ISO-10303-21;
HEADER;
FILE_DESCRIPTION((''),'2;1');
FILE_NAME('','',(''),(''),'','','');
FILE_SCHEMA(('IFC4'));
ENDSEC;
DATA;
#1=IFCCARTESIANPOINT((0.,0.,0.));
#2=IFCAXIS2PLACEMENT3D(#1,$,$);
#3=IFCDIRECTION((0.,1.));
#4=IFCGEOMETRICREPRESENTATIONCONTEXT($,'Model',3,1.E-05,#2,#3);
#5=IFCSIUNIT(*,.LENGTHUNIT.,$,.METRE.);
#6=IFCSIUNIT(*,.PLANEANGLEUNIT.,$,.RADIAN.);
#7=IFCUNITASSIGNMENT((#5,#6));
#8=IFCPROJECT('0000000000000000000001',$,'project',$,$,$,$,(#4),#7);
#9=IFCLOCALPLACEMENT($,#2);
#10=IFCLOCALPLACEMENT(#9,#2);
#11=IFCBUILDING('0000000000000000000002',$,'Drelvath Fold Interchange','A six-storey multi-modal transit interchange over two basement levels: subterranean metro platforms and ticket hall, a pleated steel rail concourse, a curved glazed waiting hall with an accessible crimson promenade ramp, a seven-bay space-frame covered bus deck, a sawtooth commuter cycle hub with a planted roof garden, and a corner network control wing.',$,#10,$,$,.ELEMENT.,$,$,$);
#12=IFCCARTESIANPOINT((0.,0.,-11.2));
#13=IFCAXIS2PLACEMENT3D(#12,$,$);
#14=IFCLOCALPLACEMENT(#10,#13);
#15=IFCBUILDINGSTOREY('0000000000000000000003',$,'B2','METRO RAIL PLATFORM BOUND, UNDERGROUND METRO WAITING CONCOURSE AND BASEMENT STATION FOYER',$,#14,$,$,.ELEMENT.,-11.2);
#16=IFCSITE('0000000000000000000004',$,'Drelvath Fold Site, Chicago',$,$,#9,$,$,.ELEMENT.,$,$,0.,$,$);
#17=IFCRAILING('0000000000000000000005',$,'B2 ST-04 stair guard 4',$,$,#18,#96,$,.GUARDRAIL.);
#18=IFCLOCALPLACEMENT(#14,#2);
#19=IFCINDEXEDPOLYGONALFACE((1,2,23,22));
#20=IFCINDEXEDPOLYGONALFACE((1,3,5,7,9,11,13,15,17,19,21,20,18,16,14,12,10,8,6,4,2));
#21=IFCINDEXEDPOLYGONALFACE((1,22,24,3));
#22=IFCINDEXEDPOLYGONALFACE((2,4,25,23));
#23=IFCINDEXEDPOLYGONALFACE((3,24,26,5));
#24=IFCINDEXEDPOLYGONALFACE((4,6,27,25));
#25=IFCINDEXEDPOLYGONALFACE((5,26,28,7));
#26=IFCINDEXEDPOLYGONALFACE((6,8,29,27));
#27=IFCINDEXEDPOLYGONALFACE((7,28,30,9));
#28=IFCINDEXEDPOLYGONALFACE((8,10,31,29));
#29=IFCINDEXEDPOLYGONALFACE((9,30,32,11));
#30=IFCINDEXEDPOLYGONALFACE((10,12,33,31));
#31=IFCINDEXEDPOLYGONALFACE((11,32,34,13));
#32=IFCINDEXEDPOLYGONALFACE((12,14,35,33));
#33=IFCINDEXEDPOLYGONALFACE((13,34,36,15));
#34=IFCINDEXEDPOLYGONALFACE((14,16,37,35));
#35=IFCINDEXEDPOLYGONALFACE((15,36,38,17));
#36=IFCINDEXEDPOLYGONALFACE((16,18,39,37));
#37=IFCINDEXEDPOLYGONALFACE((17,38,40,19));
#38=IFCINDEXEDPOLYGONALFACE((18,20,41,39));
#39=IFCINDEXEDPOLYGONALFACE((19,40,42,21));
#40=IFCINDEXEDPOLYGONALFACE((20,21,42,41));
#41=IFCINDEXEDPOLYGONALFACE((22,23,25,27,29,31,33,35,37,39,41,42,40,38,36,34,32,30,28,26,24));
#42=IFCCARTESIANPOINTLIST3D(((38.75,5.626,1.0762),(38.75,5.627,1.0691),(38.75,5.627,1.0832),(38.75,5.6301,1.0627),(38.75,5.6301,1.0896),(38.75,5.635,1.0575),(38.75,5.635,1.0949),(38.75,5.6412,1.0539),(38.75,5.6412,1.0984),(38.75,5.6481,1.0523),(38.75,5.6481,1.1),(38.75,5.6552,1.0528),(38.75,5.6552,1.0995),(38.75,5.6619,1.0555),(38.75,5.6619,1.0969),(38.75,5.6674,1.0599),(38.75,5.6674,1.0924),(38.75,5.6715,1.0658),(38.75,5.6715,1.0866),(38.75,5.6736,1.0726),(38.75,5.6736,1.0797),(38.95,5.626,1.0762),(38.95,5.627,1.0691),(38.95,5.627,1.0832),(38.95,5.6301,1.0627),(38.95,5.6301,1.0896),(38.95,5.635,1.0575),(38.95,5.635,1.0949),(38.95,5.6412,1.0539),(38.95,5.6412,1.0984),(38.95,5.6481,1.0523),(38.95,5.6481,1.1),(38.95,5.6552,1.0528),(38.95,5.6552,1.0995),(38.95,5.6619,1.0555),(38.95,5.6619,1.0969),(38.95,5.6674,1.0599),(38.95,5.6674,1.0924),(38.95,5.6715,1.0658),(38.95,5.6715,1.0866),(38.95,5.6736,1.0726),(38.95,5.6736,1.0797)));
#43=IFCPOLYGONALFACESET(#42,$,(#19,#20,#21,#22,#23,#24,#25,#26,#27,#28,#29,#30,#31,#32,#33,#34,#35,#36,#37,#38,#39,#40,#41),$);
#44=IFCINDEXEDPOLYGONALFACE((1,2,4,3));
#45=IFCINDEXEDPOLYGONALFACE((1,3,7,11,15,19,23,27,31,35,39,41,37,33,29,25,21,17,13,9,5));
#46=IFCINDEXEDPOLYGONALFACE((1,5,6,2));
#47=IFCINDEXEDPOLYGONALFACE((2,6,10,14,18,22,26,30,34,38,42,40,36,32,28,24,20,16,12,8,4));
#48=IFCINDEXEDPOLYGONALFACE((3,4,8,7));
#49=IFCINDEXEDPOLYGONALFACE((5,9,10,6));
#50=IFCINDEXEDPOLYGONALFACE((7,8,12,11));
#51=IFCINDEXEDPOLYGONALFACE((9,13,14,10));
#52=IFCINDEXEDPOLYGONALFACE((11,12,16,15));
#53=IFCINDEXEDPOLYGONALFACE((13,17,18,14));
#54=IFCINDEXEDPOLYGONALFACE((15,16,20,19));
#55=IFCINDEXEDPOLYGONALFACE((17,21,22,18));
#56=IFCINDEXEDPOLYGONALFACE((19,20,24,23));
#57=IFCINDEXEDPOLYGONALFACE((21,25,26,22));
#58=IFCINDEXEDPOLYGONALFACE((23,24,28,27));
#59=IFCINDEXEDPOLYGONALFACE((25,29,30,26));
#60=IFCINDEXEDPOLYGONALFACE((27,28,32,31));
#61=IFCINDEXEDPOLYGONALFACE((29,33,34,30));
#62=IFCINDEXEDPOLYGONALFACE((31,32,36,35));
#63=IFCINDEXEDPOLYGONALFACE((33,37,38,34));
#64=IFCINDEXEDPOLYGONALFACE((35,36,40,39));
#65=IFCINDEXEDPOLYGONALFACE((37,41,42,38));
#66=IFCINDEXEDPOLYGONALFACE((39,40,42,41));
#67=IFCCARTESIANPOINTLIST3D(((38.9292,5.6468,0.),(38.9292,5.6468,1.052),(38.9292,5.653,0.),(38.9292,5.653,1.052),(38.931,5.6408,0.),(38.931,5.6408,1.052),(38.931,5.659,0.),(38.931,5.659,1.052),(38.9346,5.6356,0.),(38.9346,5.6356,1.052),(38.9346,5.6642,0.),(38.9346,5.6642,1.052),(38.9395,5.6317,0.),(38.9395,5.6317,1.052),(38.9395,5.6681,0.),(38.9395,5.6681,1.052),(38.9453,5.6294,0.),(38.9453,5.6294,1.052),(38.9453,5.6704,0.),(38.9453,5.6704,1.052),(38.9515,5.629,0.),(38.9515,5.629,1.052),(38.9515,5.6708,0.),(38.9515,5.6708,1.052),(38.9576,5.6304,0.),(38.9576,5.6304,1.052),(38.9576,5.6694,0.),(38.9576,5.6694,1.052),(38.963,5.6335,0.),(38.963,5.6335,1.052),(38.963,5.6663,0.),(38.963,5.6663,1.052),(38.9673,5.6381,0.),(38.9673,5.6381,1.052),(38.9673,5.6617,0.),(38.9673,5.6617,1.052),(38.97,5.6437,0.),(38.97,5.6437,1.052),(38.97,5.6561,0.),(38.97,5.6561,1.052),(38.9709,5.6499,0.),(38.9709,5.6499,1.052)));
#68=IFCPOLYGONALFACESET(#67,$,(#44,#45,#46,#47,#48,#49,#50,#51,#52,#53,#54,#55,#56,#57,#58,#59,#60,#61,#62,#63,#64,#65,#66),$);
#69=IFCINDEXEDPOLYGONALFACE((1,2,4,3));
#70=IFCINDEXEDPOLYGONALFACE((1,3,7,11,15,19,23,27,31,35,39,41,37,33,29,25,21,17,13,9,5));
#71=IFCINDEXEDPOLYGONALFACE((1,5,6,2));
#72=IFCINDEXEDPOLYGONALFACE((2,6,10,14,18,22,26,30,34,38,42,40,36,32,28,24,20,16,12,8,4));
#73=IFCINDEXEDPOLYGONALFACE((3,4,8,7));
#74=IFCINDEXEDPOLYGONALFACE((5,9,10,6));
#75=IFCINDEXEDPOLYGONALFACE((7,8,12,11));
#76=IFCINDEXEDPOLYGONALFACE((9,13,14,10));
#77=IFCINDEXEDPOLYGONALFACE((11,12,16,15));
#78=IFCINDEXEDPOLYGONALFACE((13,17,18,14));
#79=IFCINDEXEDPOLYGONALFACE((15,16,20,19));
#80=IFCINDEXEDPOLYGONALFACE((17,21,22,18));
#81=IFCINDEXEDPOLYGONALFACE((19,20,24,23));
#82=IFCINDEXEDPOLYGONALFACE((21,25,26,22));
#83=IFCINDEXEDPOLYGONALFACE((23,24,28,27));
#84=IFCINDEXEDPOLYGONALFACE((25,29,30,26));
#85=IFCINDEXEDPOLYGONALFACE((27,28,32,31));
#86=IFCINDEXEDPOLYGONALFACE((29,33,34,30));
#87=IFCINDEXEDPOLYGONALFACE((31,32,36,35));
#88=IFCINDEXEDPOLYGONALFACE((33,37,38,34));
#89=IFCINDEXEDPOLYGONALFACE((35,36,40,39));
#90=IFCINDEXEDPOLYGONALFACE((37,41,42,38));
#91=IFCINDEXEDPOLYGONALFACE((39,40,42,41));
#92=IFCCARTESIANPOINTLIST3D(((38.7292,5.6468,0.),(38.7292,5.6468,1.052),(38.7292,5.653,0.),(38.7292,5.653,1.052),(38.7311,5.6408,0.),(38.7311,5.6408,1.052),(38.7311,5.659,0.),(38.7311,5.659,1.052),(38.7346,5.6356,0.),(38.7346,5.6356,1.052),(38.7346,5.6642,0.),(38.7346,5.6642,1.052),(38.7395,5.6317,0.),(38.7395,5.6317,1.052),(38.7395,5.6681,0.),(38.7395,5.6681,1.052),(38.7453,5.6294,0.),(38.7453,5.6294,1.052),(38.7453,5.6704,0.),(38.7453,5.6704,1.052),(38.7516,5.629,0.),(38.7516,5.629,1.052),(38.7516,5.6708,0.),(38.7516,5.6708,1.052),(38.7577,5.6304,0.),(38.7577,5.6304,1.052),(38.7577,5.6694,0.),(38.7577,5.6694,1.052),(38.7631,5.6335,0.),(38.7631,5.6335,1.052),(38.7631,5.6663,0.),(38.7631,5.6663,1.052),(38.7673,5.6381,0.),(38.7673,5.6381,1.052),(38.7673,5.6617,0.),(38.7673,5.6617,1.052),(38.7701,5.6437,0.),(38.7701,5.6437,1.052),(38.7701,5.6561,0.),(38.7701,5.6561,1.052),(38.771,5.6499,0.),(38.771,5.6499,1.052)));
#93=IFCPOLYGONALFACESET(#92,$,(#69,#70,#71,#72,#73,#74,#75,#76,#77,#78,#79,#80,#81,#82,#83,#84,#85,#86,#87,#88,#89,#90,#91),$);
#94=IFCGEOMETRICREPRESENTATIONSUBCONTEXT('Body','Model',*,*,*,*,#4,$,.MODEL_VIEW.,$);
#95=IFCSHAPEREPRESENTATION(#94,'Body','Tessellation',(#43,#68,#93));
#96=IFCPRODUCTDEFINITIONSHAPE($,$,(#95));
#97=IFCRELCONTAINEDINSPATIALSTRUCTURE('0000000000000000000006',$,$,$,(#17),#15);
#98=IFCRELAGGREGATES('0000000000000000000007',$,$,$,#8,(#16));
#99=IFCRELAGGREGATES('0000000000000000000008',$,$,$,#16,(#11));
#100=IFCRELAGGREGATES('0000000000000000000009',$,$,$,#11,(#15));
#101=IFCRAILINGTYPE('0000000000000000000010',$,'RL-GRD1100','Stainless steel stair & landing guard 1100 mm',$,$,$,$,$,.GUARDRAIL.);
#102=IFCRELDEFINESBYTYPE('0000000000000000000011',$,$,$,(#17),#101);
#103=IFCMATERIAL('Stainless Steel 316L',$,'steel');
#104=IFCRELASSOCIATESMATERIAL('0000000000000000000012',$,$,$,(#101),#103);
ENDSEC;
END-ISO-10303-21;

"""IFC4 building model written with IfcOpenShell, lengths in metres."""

from ifc_helpers import new_model, si_unit, direction, frame, origin, origin_2d, place, context, subcontext, project, spatial, circle, extrude, material, type_object, element, save


model = new_model("IFC4")

# Units and contexts
model_context = context("Model", 3, precision=1e-05, world=origin(), true_north=direction((0.0, 1.0)))
body_context = subcontext(model_context, "Body", "Model", "MODEL_VIEW")
ifc_project = project(units=[si_unit("LENGTHUNIT", "METRE"), si_unit("PLANEANGLEUNIT", "RADIAN")], contexts=[model_context])

# Site, building, storey
site_placement = place(None, origin())
site = spatial("IfcSite", under=ifc_project, at=site_placement, Name="Drelvath Fold Site, Chicago", CompositionType="ELEMENT", RefElevation=0.0)
building_placement = place(site_placement, origin())
building = spatial("IfcBuilding", under=site, at=building_placement, Name="Drelvath Fold Interchange", Description="A six-storey multi-modal transit interchange over two basement levels: subterranean metro platforms and ticket hall, a pleated steel rail concourse, a curved glazed waiting hall with an accessible crimson promenade ramp, a seven-bay space-frame covered bus deck, a sawtooth commuter cycle hub with a planted roof garden, and a corner network control wing.", CompositionType="ELEMENT")
storey_placement = place(building_placement, frame((0.0, 0.0, -11.2)))
storey = spatial("IfcBuildingStorey", under=building, at=storey_placement, Name="B2", Description="METRO RAIL PLATFORM BOUND, UNDERGROUND METRO WAITING CONCOURSE AND BASEMENT STATION FOYER", CompositionType="ELEMENT", Elevation=-11.2)

# Railing
ifc_material_1 = material(Name="Stainless Steel 316L", Category="steel")
railing_type_1 = type_object("IfcRailingType", Name="RL-GRD1100", Description="Stainless steel stair & landing guard 1100 mm", PredefinedType="GUARDRAIL", material=ifc_material_1)
railing_1_placement = place(storey_placement, frame((38.95, 5.6499, 0.0)))
element("IfcRailing", 1, at=railing_1_placement, inside=storey, type_object=railing_type_1, Name="B2 ST-04 stair guard 4", PredefinedType="GUARDRAIL", context=body_context, shape_type="SweptSolid", body=[
    extrude(circle(Radius=0.0239, at=origin_2d()), frame((0.0, 0.0, 1.0762), z_axis=(-1.0, 0.0, 0.0), x_axis=(0.0, -1.0, 0.0)), (0.0, 0.0, 1.0), 0.2),
    extrude(circle(Radius=0.021, at=origin_2d()), origin(), (0.0, 0.0, 1.0), 1.052),
    extrude(circle(Radius=0.021, at=origin_2d()), frame((-0.2, 0.0, 0.0)), (0.0, 0.0, 1.0), 1.052),
])

save(model, "model.ifc")
